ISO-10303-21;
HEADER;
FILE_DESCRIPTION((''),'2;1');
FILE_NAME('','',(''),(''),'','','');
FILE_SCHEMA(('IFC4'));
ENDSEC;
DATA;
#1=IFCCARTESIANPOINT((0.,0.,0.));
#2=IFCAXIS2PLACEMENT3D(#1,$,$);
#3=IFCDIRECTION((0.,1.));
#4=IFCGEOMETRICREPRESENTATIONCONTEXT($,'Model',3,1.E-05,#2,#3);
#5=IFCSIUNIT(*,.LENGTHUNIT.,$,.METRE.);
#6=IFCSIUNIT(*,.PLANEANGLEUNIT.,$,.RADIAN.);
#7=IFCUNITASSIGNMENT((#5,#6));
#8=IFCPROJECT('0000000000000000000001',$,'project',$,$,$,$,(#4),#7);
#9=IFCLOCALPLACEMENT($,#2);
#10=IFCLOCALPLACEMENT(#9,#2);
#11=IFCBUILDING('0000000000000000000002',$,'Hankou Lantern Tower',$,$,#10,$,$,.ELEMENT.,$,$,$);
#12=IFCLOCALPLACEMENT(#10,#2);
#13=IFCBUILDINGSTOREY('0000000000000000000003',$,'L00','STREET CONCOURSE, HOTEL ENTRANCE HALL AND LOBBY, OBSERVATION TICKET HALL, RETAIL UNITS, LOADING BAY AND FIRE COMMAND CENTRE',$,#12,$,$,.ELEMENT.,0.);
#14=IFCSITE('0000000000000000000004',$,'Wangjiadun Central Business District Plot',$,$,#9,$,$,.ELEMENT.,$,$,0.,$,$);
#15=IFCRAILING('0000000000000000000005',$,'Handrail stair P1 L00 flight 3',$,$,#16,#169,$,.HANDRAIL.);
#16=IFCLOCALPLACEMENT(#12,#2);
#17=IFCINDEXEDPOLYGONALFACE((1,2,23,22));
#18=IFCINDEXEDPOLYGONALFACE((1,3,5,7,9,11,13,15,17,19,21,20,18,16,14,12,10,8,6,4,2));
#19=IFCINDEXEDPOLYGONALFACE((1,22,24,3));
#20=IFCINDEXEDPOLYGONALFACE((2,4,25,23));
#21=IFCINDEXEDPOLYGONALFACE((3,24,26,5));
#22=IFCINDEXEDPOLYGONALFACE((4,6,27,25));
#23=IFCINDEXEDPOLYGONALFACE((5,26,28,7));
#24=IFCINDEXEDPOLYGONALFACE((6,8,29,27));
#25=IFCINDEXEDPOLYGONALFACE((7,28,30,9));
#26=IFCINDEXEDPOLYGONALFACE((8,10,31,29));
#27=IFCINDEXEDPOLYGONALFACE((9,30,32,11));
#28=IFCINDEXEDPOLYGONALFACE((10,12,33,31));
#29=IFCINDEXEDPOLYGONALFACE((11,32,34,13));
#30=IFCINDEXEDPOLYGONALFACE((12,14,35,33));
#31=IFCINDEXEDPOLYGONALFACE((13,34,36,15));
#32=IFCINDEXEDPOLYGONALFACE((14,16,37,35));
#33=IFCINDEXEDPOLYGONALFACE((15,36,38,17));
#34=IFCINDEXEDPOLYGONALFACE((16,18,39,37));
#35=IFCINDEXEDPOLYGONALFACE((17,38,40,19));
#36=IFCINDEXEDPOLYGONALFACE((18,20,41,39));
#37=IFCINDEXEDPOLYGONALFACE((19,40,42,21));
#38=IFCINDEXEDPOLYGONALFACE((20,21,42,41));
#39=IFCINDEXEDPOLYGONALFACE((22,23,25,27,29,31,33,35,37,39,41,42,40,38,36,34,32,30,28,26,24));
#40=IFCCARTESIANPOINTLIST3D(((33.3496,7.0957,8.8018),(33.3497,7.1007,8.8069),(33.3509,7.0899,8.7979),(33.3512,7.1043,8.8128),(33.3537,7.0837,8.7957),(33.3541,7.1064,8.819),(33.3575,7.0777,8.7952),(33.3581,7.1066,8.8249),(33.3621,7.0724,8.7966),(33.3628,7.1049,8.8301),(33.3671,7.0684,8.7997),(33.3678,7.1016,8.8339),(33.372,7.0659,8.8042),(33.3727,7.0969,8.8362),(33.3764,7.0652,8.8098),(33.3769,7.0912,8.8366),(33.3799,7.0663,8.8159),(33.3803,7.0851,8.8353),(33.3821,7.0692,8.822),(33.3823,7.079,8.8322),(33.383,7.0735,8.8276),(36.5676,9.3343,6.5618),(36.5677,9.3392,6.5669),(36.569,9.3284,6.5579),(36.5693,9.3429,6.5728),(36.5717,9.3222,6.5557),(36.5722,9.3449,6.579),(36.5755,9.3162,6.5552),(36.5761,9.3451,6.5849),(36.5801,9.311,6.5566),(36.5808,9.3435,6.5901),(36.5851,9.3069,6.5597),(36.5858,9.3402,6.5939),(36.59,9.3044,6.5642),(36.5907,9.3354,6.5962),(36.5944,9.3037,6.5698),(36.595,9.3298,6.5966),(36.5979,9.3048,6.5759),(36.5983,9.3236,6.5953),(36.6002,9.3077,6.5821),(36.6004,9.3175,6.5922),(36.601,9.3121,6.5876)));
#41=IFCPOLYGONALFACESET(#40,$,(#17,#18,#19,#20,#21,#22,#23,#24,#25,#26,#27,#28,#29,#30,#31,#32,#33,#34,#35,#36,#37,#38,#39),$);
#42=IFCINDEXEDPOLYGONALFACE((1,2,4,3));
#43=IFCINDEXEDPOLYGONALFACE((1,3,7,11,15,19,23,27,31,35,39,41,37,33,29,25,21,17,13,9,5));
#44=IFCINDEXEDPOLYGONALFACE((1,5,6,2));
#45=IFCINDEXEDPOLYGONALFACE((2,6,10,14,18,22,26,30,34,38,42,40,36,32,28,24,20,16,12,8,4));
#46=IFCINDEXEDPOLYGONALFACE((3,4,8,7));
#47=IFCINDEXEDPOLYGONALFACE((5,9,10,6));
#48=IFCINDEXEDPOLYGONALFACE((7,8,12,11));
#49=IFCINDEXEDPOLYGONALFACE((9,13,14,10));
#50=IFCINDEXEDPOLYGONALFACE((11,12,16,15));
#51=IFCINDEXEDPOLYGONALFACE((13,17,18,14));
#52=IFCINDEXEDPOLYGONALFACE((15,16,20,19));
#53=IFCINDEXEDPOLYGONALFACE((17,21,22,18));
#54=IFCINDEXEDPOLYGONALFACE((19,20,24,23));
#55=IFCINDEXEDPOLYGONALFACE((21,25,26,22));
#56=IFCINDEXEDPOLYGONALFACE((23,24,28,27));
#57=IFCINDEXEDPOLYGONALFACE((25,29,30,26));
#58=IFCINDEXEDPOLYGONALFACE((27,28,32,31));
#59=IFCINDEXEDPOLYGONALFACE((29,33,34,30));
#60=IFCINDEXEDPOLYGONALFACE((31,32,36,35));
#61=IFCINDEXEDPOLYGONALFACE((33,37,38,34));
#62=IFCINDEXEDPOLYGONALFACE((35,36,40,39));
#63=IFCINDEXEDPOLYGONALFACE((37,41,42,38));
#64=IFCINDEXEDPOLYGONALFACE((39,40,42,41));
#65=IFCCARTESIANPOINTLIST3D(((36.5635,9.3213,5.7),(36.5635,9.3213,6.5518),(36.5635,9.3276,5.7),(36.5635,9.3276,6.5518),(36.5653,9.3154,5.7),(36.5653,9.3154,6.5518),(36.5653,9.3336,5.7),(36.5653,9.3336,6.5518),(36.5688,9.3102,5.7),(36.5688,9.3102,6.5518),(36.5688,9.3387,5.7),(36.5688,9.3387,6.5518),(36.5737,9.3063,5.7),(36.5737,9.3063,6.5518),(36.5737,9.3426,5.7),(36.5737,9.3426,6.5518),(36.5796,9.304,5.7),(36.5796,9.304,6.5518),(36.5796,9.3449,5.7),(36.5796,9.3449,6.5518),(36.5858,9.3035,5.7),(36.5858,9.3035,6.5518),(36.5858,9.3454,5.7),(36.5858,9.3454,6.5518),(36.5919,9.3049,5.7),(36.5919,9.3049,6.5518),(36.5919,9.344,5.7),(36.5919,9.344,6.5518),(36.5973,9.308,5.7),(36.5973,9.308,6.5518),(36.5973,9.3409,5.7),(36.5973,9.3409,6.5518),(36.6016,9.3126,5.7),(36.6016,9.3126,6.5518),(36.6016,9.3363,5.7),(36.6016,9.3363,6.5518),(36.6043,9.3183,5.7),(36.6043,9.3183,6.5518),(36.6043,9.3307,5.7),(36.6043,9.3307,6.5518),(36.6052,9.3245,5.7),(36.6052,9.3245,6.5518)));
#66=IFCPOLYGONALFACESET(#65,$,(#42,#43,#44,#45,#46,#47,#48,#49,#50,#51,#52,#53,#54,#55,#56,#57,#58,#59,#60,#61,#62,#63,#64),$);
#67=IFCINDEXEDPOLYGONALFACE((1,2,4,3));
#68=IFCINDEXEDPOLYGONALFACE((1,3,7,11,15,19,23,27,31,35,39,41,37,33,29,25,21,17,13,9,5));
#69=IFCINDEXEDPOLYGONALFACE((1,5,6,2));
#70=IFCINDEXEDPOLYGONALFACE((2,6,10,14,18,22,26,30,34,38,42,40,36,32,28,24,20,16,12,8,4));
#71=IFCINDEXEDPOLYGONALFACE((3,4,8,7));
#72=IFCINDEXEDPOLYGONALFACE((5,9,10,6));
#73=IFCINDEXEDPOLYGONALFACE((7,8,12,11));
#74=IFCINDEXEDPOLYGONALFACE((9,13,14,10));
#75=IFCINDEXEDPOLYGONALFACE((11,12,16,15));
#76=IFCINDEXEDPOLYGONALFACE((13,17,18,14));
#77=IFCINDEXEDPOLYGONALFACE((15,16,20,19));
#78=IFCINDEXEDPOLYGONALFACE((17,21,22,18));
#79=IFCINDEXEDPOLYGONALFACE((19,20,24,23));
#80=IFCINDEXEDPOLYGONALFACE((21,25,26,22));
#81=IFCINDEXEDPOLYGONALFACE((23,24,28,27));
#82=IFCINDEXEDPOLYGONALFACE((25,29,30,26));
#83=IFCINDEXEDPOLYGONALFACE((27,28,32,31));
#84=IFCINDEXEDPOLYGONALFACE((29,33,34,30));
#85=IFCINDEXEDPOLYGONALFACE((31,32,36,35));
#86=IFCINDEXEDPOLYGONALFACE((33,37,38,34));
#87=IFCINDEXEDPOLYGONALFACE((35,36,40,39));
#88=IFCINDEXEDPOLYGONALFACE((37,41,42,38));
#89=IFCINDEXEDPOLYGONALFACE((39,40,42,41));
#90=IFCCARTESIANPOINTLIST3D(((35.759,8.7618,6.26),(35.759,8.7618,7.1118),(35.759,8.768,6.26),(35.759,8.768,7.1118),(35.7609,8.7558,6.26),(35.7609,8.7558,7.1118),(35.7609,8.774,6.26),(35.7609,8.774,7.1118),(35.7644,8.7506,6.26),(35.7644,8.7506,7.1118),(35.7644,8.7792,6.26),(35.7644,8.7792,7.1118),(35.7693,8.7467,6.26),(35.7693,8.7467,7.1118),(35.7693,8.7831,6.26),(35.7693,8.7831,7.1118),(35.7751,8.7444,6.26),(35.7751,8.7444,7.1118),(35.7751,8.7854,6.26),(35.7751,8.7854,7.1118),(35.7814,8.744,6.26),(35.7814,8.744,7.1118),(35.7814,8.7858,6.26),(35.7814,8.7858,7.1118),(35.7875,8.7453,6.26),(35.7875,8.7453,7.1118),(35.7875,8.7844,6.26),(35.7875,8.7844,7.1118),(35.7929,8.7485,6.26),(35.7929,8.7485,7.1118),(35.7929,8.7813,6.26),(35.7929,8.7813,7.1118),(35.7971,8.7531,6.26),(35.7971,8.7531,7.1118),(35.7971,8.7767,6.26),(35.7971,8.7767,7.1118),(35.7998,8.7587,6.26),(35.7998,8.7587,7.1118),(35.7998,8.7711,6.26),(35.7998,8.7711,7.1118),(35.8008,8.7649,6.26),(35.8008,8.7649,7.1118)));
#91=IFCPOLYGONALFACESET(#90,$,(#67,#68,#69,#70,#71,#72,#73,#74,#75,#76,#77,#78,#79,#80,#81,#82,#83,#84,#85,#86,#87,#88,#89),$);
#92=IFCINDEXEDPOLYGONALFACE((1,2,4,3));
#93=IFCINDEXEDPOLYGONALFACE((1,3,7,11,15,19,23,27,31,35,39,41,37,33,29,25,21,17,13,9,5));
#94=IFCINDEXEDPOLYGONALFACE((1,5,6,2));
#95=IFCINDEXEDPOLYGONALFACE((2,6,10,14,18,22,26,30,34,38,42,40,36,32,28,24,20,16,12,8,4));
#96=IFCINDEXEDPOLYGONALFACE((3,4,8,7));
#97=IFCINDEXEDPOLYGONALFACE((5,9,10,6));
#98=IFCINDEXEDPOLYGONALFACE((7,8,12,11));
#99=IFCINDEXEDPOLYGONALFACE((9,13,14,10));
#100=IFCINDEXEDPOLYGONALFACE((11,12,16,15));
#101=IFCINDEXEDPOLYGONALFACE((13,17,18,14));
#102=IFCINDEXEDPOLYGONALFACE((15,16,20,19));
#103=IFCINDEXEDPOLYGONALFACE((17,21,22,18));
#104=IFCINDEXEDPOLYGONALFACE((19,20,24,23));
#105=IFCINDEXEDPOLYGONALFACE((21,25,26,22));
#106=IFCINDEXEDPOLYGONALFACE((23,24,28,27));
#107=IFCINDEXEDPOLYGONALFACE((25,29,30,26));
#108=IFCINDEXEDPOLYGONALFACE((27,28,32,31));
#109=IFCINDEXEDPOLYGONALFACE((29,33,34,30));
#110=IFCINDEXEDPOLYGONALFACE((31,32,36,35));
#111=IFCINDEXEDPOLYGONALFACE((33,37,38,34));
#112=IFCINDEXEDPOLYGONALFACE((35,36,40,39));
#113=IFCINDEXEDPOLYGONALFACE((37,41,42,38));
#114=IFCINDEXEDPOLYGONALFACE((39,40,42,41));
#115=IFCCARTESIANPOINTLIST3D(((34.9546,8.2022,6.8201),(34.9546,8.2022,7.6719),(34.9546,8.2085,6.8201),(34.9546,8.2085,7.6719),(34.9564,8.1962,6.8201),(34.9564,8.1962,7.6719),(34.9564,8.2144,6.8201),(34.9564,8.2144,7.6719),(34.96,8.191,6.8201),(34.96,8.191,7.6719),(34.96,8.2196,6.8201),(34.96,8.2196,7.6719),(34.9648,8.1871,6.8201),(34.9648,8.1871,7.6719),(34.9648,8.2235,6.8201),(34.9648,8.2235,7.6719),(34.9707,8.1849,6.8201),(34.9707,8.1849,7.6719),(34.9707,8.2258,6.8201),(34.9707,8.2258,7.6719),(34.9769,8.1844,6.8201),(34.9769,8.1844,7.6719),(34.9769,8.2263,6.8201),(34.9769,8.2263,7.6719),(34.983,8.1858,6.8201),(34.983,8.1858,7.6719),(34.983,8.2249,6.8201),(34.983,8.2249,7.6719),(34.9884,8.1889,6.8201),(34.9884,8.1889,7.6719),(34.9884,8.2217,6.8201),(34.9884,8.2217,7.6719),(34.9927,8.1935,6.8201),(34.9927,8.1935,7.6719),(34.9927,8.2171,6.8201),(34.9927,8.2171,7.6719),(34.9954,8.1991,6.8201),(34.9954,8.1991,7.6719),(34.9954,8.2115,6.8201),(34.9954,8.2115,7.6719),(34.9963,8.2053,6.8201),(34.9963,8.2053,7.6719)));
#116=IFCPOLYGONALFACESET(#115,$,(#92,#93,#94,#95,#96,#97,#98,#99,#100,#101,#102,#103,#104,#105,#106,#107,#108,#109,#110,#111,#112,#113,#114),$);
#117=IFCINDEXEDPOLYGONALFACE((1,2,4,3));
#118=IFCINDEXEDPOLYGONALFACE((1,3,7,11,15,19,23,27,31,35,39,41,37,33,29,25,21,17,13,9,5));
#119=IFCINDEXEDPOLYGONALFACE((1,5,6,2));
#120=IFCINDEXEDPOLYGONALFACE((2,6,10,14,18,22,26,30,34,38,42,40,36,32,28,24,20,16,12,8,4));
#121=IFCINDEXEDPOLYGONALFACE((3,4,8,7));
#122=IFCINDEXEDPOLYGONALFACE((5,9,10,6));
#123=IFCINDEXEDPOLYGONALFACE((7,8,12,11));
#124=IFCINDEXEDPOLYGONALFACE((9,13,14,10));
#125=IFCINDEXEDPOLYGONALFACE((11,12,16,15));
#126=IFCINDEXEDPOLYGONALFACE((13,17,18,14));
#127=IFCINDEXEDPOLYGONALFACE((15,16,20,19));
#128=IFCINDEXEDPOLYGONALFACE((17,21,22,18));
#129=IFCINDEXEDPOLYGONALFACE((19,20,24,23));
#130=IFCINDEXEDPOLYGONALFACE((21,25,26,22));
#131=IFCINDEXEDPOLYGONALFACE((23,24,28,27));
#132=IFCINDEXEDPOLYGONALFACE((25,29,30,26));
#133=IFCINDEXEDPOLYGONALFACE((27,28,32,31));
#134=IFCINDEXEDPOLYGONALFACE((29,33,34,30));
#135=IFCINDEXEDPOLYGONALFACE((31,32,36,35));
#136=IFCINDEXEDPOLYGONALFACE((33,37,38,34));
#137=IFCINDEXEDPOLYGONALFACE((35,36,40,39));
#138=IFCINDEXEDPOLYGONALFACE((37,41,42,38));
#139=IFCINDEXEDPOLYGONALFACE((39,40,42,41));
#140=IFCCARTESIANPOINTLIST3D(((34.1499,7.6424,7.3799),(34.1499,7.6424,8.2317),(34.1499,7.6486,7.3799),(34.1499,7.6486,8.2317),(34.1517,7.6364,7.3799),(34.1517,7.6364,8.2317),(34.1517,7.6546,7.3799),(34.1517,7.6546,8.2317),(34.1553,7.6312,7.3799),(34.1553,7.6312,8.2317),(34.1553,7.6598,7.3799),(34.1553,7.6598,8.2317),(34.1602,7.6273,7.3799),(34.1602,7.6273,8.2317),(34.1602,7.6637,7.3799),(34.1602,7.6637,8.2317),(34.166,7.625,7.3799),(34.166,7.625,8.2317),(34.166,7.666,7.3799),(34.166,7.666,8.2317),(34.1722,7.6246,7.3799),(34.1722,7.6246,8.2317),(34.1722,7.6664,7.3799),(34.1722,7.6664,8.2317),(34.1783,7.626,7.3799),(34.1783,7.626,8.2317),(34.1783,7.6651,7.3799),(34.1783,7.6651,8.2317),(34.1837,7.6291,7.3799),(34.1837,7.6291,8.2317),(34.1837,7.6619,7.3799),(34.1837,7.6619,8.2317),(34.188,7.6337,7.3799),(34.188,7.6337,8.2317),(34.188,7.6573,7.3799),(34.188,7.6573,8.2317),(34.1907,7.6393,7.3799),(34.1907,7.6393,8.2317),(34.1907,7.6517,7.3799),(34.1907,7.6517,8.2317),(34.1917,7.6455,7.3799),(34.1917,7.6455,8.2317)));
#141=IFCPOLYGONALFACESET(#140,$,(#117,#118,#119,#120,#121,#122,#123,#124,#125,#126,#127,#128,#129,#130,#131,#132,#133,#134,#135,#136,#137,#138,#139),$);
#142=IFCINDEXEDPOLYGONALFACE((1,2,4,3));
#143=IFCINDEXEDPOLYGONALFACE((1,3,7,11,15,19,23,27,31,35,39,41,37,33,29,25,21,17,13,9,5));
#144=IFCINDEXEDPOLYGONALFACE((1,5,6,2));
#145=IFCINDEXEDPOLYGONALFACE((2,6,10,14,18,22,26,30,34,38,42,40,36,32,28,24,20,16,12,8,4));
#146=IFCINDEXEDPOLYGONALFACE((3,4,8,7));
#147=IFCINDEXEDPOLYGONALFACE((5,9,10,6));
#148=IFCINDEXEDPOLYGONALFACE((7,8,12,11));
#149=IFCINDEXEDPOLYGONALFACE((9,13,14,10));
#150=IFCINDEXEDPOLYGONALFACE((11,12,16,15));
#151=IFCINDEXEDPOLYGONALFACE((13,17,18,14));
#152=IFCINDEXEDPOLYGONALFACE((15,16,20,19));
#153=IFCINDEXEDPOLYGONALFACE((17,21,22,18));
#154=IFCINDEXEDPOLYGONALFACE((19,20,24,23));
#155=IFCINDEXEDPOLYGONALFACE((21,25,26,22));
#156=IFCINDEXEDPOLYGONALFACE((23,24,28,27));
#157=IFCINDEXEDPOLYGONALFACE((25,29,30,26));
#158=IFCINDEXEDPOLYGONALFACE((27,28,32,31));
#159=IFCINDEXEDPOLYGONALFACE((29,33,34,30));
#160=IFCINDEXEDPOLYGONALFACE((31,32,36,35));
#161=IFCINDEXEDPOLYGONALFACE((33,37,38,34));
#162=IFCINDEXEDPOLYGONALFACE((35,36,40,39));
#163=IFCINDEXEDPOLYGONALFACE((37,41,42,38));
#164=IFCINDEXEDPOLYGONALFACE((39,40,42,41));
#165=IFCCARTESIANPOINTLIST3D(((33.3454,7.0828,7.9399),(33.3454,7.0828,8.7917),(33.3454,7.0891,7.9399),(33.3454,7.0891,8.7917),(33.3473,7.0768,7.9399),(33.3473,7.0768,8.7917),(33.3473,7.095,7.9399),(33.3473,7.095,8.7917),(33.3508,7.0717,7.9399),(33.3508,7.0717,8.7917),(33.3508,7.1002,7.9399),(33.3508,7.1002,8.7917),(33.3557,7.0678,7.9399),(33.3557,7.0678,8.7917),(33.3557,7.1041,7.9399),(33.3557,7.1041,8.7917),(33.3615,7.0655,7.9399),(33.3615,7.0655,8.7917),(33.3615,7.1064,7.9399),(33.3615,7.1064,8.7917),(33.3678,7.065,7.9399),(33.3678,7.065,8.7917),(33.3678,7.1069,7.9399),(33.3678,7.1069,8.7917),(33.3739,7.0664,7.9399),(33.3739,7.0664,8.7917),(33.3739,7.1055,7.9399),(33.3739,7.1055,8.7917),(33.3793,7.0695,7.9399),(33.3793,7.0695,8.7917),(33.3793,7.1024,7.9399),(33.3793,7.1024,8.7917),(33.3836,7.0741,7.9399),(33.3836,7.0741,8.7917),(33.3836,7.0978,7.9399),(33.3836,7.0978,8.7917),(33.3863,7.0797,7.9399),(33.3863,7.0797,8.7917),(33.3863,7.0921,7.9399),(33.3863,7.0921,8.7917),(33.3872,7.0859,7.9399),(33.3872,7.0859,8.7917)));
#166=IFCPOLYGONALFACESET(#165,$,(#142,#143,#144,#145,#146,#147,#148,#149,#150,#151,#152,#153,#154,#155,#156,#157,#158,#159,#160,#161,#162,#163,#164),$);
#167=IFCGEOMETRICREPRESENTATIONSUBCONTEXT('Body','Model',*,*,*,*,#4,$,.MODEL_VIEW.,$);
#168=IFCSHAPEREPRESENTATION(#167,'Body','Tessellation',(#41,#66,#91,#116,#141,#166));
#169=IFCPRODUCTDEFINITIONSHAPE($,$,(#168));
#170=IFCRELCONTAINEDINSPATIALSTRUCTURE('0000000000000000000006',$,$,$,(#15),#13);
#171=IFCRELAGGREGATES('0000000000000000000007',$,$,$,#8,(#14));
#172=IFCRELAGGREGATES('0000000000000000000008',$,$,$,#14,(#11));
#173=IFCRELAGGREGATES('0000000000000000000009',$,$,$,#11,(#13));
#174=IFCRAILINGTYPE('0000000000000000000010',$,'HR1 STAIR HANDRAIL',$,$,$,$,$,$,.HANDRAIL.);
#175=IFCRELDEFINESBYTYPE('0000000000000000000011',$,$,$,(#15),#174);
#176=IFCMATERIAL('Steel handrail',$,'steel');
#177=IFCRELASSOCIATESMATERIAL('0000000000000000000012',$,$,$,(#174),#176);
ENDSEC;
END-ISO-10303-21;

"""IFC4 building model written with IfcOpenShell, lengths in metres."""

from ifc_helpers import new_model, si_unit, direction, frame, origin, origin_2d, place, context, subcontext, project, spatial, circle, extrude, material, type_object, element, save


model = new_model("IFC4")

# Units and contexts
model_context = context("Model", 3, precision=1e-05, world=origin(), true_north=direction((0.0, 1.0)))
body_context = subcontext(model_context, "Body", "Model", "MODEL_VIEW")
ifc_project = project(units=[si_unit("LENGTHUNIT", "METRE"), si_unit("PLANEANGLEUNIT", "RADIAN")], contexts=[model_context])

# Site, building, storey
site_placement = place(None, origin())
site = spatial("IfcSite", under=ifc_project, at=site_placement, Name="Wangjiadun Central Business District Plot", CompositionType="ELEMENT", RefElevation=0.0)
building_placement = place(site_placement, origin())
building = spatial("IfcBuilding", under=site, at=building_placement, Name="Hankou Lantern Tower", CompositionType="ELEMENT")
storey_placement = place(building_placement, origin())
storey = spatial("IfcBuildingStorey", under=building, at=storey_placement, Name="L00", Description="STREET CONCOURSE, HOTEL ENTRANCE HALL AND LOBBY, OBSERVATION TICKET HALL, RETAIL UNITS, LOADING BAY AND FIRE COMMAND CENTRE", CompositionType="ELEMENT", Elevation=0.0)

# Railing
ifc_material_1 = material(Name="Steel handrail", Category="steel")
railing_type = type_object("IfcRailingType", Name="HR1 STAIR HANDRAIL", PredefinedType="HANDRAIL", material=ifc_material_1)
for number, where, name in (
    (1, (36.5842, 9.3245, 5.7), "Handrail stair P1 L00 flight 3"),
):
    element("IfcRailing", number, at=place(storey_placement, frame(where)), inside=storey, type_object=railing_type, Name=name, PredefinedType="HANDRAIL", context=body_context, shape_type="SweptSolid", body=[
        extrude(circle(Radius=0.0239, at=origin_2d()), frame((0.0, 0.0, 0.876), z_axis=(-0.712757, -0.49581, 0.496134), x_axis=(0.571048, -0.820917, 0.0)), (0.0, 0.0, 1.0), 4.5149),
        extrude(circle(Radius=0.021, at=origin_2d()), origin(), (0.0, 0.0, 1.0), 0.8518),
        extrude(circle(Radius=0.021, at=origin_2d()), frame((-0.8044, -0.5596, 0.5601)), (0.0, 0.0, 1.0), 0.8518),
        extrude(circle(Radius=0.021, at=origin_2d()), frame((-1.6089, -1.1191, 1.1201)), (0.0, 0.0, 1.0), 0.8518),
        extrude(circle(Radius=0.021, at=origin_2d()), frame((-2.4136, -1.679, 1.6799)), (0.0, 0.0, 1.0), 0.8518),
        extrude(circle(Radius=0.021, at=origin_2d()), frame((-3.218, -2.2385, 2.24)), (0.0, 0.0, 1.0), 0.8518),
    ])

save(model, "model.ifc")
